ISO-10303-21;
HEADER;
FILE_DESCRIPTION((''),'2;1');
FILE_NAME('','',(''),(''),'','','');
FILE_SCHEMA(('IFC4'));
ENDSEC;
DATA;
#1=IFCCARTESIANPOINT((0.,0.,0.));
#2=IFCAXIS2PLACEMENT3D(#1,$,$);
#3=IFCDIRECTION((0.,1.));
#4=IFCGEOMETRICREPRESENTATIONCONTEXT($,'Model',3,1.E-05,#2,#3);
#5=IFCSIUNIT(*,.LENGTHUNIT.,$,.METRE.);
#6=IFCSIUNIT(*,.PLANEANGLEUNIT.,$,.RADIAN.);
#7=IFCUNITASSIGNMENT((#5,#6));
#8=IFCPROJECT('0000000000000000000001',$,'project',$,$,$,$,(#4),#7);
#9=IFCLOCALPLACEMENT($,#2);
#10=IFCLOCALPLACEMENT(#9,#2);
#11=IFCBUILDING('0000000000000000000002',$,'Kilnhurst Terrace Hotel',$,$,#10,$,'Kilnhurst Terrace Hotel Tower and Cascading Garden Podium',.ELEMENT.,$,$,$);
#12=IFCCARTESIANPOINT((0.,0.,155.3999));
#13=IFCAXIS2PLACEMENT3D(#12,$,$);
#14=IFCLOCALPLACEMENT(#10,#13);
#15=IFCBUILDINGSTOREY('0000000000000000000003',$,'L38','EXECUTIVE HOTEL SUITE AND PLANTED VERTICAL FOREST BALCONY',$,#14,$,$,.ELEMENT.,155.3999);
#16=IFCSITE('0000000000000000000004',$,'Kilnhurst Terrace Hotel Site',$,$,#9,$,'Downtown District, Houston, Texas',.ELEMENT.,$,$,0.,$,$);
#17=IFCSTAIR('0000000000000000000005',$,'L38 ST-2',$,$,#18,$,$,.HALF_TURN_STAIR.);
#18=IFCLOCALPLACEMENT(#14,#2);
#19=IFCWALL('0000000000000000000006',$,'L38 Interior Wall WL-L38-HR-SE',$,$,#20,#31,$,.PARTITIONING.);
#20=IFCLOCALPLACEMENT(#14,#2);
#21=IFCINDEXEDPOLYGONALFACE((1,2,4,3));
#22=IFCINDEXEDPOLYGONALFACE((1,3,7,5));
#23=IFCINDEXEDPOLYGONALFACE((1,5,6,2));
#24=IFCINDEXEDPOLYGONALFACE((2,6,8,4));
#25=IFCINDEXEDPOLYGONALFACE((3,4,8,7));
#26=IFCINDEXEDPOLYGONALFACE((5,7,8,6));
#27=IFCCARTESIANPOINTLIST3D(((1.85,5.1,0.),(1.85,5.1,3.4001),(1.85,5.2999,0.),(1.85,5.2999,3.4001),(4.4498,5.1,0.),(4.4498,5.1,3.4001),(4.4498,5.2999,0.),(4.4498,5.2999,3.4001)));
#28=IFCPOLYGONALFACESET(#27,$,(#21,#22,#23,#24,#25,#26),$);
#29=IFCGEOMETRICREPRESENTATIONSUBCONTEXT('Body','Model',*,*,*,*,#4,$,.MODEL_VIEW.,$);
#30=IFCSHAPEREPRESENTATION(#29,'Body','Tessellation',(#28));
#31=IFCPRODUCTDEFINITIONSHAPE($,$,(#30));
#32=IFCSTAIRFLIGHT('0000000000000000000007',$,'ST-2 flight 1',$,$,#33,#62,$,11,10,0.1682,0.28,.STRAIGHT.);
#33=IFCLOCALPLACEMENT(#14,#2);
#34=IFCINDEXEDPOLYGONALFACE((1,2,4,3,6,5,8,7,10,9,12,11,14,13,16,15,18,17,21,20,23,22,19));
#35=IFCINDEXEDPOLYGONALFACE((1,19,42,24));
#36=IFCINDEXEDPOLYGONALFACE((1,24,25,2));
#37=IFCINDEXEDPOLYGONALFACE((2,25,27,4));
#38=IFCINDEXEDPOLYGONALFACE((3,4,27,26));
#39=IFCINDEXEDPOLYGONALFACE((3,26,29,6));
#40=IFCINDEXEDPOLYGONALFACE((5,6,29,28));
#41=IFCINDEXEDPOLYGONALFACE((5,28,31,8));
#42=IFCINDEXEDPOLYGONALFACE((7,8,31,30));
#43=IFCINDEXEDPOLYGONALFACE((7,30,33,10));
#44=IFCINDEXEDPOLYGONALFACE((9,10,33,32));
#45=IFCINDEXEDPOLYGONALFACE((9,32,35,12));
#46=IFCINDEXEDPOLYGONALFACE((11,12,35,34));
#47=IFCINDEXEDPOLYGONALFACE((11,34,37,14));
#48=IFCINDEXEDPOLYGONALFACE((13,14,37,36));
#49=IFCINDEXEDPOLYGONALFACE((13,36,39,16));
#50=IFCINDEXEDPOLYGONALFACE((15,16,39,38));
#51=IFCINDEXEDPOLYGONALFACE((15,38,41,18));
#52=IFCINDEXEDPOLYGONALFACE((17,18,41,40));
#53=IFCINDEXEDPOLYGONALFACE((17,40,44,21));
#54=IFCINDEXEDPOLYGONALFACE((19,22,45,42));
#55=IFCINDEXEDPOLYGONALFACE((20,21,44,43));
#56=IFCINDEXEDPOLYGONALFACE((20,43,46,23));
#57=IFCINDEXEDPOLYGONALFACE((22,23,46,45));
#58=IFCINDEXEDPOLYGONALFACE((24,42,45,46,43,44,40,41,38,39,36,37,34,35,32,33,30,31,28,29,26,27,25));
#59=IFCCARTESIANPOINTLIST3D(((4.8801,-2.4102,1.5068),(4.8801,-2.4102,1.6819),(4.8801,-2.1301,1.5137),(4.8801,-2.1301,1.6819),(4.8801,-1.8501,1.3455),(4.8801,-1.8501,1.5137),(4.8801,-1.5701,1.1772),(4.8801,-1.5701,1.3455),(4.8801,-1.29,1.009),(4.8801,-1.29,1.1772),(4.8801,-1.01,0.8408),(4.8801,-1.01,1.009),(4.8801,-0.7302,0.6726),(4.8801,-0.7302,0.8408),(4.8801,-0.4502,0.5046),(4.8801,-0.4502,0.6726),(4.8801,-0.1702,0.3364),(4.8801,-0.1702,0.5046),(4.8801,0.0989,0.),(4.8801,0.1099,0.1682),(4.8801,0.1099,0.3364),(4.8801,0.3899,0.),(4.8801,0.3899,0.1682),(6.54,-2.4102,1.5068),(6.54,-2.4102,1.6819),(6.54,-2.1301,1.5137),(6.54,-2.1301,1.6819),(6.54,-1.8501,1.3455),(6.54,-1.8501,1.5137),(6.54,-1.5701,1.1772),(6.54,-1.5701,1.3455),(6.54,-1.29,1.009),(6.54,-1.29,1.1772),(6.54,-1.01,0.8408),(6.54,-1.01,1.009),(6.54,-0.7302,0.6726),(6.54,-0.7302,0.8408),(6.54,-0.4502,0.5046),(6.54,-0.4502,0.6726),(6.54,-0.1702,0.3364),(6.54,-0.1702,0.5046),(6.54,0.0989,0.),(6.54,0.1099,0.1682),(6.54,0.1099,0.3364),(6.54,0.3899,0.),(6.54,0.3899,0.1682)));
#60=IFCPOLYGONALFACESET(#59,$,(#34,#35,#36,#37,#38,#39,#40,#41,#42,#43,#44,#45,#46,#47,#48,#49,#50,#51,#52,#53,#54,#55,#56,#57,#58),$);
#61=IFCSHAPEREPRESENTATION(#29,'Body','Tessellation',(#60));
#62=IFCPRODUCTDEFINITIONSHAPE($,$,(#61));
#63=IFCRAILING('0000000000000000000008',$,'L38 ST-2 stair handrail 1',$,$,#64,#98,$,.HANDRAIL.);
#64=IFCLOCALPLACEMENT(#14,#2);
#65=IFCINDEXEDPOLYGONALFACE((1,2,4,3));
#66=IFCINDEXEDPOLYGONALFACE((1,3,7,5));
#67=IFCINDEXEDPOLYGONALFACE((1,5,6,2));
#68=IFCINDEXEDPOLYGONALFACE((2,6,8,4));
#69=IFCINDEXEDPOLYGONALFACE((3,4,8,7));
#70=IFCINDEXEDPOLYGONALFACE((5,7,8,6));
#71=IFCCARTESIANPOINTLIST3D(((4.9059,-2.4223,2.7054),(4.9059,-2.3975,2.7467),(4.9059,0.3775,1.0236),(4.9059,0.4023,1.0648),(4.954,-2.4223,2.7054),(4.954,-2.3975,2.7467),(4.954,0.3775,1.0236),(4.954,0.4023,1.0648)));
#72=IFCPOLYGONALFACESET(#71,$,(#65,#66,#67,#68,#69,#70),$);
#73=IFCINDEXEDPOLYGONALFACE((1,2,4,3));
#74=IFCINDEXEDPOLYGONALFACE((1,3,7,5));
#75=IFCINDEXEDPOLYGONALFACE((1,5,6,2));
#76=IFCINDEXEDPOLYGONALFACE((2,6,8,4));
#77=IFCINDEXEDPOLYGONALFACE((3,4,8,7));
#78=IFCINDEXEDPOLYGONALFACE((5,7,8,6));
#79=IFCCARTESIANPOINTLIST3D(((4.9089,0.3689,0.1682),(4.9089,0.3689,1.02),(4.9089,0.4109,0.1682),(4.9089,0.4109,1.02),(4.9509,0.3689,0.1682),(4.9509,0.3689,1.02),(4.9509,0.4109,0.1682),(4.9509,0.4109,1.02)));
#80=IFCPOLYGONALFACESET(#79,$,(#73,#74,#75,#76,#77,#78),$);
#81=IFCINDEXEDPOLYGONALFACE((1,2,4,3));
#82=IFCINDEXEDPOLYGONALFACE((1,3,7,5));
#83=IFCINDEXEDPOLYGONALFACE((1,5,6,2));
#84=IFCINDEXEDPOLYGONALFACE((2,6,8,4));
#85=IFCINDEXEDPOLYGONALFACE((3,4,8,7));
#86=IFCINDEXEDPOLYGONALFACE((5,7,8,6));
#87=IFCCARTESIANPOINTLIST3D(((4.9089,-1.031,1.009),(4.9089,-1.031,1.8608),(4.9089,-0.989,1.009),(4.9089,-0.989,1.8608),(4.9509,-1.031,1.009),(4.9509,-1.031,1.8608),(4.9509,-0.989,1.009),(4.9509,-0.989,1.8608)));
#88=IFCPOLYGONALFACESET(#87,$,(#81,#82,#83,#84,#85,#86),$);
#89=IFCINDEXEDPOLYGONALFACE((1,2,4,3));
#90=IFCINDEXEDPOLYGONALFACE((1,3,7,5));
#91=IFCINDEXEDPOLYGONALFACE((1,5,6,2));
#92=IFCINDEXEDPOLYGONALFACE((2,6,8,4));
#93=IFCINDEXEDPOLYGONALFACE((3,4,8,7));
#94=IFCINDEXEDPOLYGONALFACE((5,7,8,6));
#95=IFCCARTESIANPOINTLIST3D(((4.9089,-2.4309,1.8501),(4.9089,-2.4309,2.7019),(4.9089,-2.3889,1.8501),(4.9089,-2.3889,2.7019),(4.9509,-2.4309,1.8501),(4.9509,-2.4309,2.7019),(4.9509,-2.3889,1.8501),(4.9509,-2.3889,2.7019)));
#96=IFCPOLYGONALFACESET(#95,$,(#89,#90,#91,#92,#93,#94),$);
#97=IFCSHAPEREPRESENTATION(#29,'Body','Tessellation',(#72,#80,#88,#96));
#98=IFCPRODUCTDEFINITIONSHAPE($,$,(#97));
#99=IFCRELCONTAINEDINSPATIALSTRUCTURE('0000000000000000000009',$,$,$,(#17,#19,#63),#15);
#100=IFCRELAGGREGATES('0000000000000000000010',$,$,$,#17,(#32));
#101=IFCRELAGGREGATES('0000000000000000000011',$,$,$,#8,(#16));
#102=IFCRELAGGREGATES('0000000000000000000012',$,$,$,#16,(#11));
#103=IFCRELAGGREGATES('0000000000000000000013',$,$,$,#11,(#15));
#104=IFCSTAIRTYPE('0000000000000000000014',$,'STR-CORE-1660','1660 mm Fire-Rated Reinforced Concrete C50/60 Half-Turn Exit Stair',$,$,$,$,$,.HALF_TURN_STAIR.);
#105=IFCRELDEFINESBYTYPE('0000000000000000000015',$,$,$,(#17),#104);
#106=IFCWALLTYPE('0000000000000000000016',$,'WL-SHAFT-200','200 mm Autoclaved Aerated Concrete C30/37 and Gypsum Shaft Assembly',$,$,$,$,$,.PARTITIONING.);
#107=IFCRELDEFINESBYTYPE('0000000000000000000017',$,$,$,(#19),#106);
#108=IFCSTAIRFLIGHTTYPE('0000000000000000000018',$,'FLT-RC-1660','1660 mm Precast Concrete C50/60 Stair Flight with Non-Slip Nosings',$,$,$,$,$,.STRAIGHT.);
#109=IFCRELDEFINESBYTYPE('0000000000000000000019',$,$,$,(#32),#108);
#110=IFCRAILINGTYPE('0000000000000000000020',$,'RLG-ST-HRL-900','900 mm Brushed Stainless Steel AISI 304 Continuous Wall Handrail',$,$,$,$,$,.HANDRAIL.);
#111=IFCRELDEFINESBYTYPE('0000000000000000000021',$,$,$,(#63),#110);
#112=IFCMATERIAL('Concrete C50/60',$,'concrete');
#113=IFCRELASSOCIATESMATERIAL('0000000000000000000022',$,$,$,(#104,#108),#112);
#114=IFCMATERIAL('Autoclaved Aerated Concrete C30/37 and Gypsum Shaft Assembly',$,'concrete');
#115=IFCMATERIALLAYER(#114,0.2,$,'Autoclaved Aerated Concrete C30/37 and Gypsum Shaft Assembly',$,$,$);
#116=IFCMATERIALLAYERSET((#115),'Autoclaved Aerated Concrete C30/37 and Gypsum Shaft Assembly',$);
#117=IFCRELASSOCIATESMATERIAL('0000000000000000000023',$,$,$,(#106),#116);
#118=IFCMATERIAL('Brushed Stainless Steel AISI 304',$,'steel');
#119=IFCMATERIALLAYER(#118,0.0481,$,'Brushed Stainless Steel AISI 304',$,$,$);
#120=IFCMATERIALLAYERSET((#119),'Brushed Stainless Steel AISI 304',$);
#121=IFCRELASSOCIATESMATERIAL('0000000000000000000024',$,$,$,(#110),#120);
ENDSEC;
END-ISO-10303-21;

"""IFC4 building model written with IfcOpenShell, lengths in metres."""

from ifc_helpers import new_model, si_unit, direction, frame, frame_2d, origin, origin_2d, place, context, subcontext, project, spatial, polyline, rectangle, outline, extrude, material, layer, layer_set, type_object, element, aggregate, save


model = new_model("IFC4")

# Units and contexts
model_context = context("Model", 3, precision=1e-05, world=origin(), true_north=direction((0.0, 1.0)))
body_context = subcontext(model_context, "Body", "Model", "MODEL_VIEW")
ifc_project = project(units=[si_unit("LENGTHUNIT", "METRE"), si_unit("PLANEANGLEUNIT", "RADIAN")], contexts=[model_context])

# Site, building, storey
site_placement = place(None, origin())
site = spatial("IfcSite", under=ifc_project, at=site_placement, Name="Kilnhurst Terrace Hotel Site", LongName="Downtown District, Houston, Texas", CompositionType="ELEMENT", RefElevation=0.0)
building_placement = place(site_placement, origin())
building = spatial("IfcBuilding", under=site, at=building_placement, Name="Kilnhurst Terrace Hotel", LongName="Kilnhurst Terrace Hotel Tower and Cascading Garden Podium", CompositionType="ELEMENT")
storey_placement = place(building_placement, frame((0.0, 0.0, 155.3999)))
storey = spatial("IfcBuildingStorey", under=building, at=storey_placement, Name="L38", Description="EXECUTIVE HOTEL SUITE AND PLANTED VERTICAL FOREST BALCONY", CompositionType="ELEMENT", Elevation=155.3999)

# Stair
ifc_material_1 = material(Name="Concrete C50/60", Category="concrete")
stair_type = type_object("IfcStairType", Name="STR-CORE-1660", Description="1660 mm Fire-Rated Reinforced Concrete C50/60 Half-Turn Exit Stair", PredefinedType="HALF_TURN_STAIR", material=ifc_material_1)
stair_1_placement = place(storey_placement, origin())
stair_1 = element("IfcStair", 1, at=stair_1_placement, inside=storey, type_object=stair_type, Name="L38 ST-2", PredefinedType="HALF_TURN_STAIR")

# Shared definitions
ifc_material_2 = material(Name="Autoclaved Aerated Concrete C30/37 and Gypsum Shaft Assembly", Category="concrete")
ifc_layer_1 = layer(ifc_material_2, 0.2, Name="Autoclaved Aerated Concrete C30/37 and Gypsum Shaft Assembly")
ifc_layer_set_1 = layer_set([ifc_layer_1], Name="Autoclaved Aerated Concrete C30/37 and Gypsum Shaft Assembly")
wall_type_1 = type_object("IfcWallType", Name="WL-SHAFT-200", Description="200 mm Autoclaved Aerated Concrete C30/37 and Gypsum Shaft Assembly", PredefinedType="PARTITIONING", material=ifc_layer_set_1)

# Wall
wall_1_placement = place(storey_placement, frame((1.8501, 5.2, 0.0), z_axis=(0.0, 0.0, 1.0), x_axis=(1.0, 0.0, 0.0)))
element("IfcWall", 2, at=wall_1_placement, inside=storey, type_object=wall_type_1, Name="L38 Interior Wall WL-L38-HR-SE", PredefinedType="PARTITIONING", context=body_context, shape_type="SweptSolid", body=[
    extrude(rectangle(XDim=2.5999, YDim=0.2, at=frame_2d((1.2998, 0.0))), origin(), (0.0, 0.0, 1.0), 3.4001),
])

# Stair flight
stair_flight_type = type_object("IfcStairFlightType", Name="FLT-RC-1660", Description="1660 mm Precast Concrete C50/60 Stair Flight with Non-Slip Nosings", PredefinedType="STRAIGHT", material=ifc_material_1)
stair_flight_placement = place(storey_placement, frame((5.71, 0.3899, 0.0), z_axis=(0.0, 0.0, 1.0), x_axis=(0.0, -1.0, 0.0)))
stair_flight = element("IfcStairFlight", 3, at=stair_flight_placement, type_object=stair_flight_type, Name="ST-2 flight 1", NumberOfRisers=11, NumberOfTreads=10, PredefinedType="STRAIGHT", RiserHeight=0.1682, TreadLength=0.28, context=body_context, shape_type="SweptSolid", body=[
    extrude(outline(polyline([(0.0, 0.0), (0.0, 0.1682), (0.28, 0.1682), (0.28, 0.3364), (0.5601, 0.3364), (0.5601, 0.5046), (0.8401, 0.5046), (0.8401, 0.6726), (1.1201, 0.6726), (1.1201, 0.8408), (1.3999, 0.8408), (1.3999, 1.009), (1.6799, 1.009), (1.6799, 1.1772), (1.96, 1.1772), (1.96, 1.3455), (2.24, 1.3455), (2.24, 1.5137), (2.52, 1.5137), (2.52, 1.6819), (2.8, 1.6819), (2.8, 1.8501), (2.8, 1.5068), (0.291, 0.0), (0.0, 0.0)])), frame((0.0, 0.8301, 0.0), z_axis=(0.0, -1.0, 0.0), x_axis=(1.0, 0.0, 0.0)), (0.0, 0.0, 1.0), 1.6599),
])
aggregate(stair_1, [stair_flight])

# Railing
ifc_material_3 = material(Name="Brushed Stainless Steel AISI 304", Category="steel")
ifc_layer_2 = layer(ifc_material_3, 0.0481, Name="Brushed Stainless Steel AISI 304")
ifc_layer_set_2 = layer_set([ifc_layer_2], Name="Brushed Stainless Steel AISI 304")
railing_type = type_object("IfcRailingType", Name="RLG-ST-HRL-900", Description="900 mm Brushed Stainless Steel AISI 304 Continuous Wall Handrail", PredefinedType="HANDRAIL", material=ifc_layer_set_2)
railing_placement = place(storey_placement, frame((4.9299, 0.3899, 0.1682)))
element("IfcRailing", 4, at=railing_placement, inside=storey, type_object=railing_type, Name="L38 ST-2 stair handrail 1", PredefinedType="HANDRAIL", context=body_context, shape_type="SweptSolid", body=[
    extrude(rectangle(XDim=0.0481, YDim=0.0481, at=origin_2d()), frame((0.0, 0.0, 0.876), z_axis=(0.0, -0.857222, 0.514946), x_axis=(1.0, 0.0, 0.0)), (0.0, 0.0, 1.0), 3.2661),
    extrude(rectangle(XDim=0.042, YDim=0.042, at=origin_2d()), origin(), (0.0, 0.0, 1.0), 0.8518),
    extrude(rectangle(XDim=0.042, YDim=0.042, at=origin_2d()), frame((0.0, -1.3999, 0.8408)), (0.0, 0.0, 1.0), 0.8518),
    extrude(rectangle(XDim=0.042, YDim=0.042, at=origin_2d()), frame((0.0, -2.7998, 1.6819)), (0.0, 0.0, 1.0), 0.8518),
])

save(model, "model.ifc")
